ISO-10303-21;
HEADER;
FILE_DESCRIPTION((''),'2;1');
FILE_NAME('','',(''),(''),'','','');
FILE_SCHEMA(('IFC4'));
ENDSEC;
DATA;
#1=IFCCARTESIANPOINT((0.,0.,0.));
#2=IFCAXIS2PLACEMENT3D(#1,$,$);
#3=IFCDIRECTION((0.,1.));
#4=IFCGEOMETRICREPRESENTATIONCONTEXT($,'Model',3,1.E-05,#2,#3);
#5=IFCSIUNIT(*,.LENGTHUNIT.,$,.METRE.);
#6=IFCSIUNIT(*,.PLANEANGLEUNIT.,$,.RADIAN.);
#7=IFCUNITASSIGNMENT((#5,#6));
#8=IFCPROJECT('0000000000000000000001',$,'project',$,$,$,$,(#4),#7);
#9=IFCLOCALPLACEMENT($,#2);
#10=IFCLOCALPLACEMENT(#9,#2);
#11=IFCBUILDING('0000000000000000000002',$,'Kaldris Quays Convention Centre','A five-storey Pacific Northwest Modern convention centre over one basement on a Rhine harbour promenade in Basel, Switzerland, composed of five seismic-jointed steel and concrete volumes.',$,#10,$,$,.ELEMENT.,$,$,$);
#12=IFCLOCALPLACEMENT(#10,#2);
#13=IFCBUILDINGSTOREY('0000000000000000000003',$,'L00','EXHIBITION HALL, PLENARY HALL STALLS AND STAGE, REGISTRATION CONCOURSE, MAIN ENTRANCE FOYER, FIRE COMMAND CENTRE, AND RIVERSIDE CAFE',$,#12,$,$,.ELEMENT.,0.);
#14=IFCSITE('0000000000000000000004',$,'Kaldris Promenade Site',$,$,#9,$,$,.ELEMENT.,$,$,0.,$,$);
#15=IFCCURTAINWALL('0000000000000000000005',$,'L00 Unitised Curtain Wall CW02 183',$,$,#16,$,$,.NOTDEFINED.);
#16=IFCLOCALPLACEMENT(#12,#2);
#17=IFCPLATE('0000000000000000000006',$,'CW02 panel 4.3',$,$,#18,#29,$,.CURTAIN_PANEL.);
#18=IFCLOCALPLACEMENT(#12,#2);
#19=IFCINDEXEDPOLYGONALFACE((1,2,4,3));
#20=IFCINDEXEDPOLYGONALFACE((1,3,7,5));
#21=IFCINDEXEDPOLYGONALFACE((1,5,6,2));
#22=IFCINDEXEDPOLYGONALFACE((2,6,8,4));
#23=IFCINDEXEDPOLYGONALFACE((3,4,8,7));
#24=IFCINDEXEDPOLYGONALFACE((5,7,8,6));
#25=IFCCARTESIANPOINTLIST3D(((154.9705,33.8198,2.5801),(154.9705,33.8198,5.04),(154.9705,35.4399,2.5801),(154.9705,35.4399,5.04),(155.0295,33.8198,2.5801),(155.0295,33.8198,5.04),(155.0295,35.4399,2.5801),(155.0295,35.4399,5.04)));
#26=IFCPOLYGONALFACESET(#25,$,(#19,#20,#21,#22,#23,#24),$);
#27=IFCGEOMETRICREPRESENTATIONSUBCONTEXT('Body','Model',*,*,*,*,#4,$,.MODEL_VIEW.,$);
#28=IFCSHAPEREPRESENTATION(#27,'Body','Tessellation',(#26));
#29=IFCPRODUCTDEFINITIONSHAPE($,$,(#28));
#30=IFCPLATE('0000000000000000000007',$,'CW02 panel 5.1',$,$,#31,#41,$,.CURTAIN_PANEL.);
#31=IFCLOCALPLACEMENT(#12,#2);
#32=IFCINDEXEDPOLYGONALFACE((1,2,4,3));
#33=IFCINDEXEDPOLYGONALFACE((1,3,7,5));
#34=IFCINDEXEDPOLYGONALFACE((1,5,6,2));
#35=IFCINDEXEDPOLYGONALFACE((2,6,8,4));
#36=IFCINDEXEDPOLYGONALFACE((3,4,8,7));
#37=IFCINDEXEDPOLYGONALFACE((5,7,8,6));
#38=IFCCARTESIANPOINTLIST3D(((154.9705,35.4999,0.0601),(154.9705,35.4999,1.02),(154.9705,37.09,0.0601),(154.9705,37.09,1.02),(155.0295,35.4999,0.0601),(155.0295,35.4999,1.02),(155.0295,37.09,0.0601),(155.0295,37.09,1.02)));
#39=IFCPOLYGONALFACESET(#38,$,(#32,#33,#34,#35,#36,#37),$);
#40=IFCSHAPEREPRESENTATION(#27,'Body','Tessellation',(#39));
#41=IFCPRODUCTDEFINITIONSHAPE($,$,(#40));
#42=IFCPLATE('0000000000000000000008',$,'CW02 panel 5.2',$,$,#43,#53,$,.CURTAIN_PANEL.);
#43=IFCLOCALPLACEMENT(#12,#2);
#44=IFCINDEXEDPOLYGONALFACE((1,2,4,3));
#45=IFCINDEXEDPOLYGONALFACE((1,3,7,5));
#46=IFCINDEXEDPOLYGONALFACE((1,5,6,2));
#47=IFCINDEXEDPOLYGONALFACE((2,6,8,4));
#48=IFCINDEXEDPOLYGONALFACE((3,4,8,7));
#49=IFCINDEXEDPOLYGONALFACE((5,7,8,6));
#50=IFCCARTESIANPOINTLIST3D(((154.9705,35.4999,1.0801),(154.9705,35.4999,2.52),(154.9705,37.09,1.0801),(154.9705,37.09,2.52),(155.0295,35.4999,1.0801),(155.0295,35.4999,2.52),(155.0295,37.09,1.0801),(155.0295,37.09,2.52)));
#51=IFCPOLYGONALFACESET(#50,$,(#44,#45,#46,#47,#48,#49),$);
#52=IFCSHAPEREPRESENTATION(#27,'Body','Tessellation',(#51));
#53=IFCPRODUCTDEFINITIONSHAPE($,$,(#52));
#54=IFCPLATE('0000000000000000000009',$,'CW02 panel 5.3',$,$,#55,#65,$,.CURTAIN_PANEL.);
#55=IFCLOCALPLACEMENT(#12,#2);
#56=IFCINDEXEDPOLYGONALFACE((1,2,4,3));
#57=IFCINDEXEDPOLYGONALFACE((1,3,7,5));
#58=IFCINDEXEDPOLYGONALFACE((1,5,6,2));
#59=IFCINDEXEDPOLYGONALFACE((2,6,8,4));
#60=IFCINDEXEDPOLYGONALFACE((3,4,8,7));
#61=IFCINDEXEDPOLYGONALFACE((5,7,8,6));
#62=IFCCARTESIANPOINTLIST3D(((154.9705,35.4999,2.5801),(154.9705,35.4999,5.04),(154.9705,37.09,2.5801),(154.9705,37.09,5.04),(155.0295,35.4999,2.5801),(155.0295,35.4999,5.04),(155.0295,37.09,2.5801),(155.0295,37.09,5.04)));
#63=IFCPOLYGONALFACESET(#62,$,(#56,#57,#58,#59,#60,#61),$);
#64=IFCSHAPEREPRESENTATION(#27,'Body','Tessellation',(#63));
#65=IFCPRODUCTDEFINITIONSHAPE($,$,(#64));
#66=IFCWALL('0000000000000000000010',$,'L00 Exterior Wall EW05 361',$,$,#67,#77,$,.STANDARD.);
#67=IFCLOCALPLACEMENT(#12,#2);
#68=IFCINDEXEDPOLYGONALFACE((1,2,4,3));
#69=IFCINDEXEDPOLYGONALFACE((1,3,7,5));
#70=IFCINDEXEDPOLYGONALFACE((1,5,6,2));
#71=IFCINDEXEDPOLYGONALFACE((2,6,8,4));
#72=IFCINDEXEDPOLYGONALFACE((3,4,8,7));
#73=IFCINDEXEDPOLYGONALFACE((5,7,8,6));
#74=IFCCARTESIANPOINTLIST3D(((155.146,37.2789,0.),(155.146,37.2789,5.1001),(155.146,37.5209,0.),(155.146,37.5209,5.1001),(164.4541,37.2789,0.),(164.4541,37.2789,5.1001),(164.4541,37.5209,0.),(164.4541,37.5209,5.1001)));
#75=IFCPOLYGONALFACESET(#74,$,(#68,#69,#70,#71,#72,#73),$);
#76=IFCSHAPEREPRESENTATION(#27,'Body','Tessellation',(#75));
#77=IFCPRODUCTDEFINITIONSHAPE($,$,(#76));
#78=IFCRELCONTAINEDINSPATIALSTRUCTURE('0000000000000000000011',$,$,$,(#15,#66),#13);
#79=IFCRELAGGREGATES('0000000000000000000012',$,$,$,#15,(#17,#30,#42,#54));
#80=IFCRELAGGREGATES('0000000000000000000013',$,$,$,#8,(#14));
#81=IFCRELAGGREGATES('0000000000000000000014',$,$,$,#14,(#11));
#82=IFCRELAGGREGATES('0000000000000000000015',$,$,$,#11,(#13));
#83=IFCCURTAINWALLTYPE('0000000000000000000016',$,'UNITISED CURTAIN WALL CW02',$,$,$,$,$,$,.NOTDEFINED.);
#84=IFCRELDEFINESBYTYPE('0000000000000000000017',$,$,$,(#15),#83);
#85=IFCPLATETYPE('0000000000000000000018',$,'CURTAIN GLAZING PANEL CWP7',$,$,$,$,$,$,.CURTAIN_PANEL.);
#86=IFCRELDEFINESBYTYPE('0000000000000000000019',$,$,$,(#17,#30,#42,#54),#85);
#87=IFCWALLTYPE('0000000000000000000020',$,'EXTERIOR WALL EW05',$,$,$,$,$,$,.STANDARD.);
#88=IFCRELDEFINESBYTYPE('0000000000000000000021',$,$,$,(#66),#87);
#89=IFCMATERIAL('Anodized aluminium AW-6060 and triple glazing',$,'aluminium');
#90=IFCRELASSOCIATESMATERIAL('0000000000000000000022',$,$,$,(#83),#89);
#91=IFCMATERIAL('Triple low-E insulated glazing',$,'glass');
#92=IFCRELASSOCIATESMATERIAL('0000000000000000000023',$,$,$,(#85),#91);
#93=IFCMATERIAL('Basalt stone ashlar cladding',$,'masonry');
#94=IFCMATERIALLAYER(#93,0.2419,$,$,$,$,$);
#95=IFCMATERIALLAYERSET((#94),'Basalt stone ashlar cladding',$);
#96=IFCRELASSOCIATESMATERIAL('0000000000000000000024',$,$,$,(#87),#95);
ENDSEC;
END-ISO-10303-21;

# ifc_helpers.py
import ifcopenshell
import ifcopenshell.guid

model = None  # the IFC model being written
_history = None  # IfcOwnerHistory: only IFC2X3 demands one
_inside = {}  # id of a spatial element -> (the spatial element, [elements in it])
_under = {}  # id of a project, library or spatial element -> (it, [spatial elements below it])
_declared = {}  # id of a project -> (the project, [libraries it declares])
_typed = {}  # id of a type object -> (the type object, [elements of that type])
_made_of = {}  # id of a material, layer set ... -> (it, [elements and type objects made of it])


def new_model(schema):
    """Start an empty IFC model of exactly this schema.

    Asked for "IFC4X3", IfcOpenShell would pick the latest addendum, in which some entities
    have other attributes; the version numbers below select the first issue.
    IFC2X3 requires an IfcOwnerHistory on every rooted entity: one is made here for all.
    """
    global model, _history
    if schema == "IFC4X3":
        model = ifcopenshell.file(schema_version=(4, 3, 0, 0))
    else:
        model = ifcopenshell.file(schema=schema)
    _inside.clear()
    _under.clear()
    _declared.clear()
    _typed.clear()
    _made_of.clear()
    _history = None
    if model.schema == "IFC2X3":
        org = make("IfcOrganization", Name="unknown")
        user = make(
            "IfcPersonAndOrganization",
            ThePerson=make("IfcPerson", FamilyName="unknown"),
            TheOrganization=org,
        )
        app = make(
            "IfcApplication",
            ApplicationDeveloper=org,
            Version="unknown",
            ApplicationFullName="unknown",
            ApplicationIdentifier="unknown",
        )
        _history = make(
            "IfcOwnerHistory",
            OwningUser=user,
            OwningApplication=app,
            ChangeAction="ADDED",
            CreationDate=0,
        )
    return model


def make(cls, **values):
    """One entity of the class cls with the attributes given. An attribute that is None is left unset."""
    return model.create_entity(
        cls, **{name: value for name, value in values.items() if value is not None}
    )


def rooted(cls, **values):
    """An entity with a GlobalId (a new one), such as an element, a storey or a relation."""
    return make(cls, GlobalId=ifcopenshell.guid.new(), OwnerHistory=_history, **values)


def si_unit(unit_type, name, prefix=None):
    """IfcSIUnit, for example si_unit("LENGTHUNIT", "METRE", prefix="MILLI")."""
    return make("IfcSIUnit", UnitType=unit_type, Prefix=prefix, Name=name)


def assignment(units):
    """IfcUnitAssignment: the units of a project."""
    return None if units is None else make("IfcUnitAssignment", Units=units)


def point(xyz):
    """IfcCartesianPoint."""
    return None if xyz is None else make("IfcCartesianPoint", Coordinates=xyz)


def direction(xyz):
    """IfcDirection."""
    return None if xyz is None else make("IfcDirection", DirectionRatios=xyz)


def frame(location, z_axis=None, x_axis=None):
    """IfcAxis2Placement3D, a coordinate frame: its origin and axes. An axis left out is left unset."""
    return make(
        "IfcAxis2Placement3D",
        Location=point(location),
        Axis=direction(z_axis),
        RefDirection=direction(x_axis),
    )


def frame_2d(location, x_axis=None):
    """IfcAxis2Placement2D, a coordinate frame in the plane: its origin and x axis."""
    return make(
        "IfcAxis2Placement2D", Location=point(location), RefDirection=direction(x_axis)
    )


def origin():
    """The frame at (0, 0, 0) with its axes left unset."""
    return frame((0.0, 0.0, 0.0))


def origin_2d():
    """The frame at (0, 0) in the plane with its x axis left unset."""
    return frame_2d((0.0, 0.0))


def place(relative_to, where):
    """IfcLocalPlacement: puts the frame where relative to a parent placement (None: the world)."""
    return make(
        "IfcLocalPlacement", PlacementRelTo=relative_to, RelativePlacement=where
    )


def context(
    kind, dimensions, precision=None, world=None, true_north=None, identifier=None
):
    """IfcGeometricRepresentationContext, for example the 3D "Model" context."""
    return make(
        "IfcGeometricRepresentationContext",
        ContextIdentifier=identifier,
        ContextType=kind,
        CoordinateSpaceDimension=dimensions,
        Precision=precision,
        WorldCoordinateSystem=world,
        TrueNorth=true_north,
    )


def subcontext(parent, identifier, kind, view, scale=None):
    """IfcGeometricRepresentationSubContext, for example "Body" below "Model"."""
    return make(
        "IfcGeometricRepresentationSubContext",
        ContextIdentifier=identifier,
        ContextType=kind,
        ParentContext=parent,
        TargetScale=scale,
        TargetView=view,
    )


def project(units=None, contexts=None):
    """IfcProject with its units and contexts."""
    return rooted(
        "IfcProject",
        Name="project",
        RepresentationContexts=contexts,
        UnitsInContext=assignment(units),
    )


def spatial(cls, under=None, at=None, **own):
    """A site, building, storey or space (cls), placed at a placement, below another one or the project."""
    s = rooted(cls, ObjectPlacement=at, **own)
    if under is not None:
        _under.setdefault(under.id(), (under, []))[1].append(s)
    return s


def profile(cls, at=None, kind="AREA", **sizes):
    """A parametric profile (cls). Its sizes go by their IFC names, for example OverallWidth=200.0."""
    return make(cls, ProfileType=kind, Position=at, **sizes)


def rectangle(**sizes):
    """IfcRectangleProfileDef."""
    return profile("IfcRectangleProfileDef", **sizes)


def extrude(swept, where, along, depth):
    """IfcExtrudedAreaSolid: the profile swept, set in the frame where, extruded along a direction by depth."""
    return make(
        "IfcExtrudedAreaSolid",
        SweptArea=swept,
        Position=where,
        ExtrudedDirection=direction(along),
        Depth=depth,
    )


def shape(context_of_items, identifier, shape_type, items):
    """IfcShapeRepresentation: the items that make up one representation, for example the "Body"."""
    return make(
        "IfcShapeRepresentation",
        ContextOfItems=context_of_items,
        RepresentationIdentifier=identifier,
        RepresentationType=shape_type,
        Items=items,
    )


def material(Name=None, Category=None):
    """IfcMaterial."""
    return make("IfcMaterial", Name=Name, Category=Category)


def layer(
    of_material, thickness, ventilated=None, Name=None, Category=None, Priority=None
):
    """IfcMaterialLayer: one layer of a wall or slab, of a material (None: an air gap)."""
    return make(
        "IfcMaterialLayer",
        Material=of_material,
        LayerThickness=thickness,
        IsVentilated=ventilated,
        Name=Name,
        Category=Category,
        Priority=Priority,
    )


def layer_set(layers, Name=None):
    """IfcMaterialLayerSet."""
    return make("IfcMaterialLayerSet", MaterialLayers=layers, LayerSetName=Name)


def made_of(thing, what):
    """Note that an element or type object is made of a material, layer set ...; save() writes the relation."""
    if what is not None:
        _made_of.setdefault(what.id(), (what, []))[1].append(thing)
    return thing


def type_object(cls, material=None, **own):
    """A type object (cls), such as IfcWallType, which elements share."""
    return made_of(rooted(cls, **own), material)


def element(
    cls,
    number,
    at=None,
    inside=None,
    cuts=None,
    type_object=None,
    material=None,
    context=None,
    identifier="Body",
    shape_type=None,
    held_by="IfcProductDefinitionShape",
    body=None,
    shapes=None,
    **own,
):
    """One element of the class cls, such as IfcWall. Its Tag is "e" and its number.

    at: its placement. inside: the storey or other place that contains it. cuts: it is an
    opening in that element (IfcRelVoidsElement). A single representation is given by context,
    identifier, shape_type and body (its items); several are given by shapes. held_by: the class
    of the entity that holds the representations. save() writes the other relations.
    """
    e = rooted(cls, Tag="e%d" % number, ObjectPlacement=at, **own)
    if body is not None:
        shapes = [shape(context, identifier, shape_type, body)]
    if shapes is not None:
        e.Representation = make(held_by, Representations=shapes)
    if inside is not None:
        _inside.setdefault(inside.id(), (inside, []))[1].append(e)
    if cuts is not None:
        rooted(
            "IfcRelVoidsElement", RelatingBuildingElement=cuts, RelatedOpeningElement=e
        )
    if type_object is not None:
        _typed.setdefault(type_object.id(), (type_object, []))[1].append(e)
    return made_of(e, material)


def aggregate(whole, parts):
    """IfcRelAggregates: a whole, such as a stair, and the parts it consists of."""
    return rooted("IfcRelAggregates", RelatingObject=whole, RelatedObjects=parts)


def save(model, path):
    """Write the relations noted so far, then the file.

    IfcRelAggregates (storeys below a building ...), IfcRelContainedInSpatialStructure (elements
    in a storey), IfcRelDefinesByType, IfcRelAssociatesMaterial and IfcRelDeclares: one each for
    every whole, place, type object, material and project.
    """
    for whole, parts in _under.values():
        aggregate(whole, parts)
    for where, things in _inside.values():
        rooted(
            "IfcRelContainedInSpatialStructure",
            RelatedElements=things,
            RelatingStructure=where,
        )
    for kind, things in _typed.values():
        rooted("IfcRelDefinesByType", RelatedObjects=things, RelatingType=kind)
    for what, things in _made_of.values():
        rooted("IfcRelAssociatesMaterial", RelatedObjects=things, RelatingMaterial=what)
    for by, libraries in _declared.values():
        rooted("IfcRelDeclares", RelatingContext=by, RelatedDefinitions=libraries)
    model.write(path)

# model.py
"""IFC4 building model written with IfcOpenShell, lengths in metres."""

from ifc_helpers import new_model, si_unit, direction, frame, frame_2d, origin, origin_2d, place, context, subcontext, project, spatial, rectangle, extrude, material, layer, layer_set, type_object, element, aggregate, save


model = new_model("IFC4")

# Units and contexts
model_context = context("Model", 3, precision=1e-05, world=origin(), true_north=direction((0.0, 1.0)))
body_context = subcontext(model_context, "Body", "Model", "MODEL_VIEW")
ifc_project = project(units=[si_unit("LENGTHUNIT", "METRE"), si_unit("PLANEANGLEUNIT", "RADIAN")], contexts=[model_context])

# Site, building, storey
site_placement = place(None, origin())
site = spatial("IfcSite", under=ifc_project, at=site_placement, Name="Kaldris Promenade Site", CompositionType="ELEMENT", RefElevation=0.0)
building_placement = place(site_placement, origin())
building = spatial("IfcBuilding", under=site, at=building_placement, Name="Kaldris Quays Convention Centre", Description="A five-storey Pacific Northwest Modern convention centre over one basement on a Rhine harbour promenade in Basel, Switzerland, composed of five seismic-jointed steel and concrete volumes.", CompositionType="ELEMENT")
storey_placement = place(building_placement, origin())
storey = spatial("IfcBuildingStorey", under=building, at=storey_placement, Name="L00", Description="EXHIBITION HALL, PLENARY HALL STALLS AND STAGE, REGISTRATION CONCOURSE, MAIN ENTRANCE FOYER, FIRE COMMAND CENTRE, AND RIVERSIDE CAFE", CompositionType="ELEMENT", Elevation=0.0)

# Curtain wall
ifc_material_1 = material(Name="Anodized aluminium AW-6060 and triple glazing", Category="aluminium")
curtain_wall_type = type_object("IfcCurtainWallType", Name="UNITISED CURTAIN WALL CW02", PredefinedType="NOTDEFINED", material=ifc_material_1)
curtain_wall_placement = place(storey_placement, origin())
curtain_wall = element("IfcCurtainWall", 1, at=curtain_wall_placement, inside=storey, type_object=curtain_wall_type, Name="L00 Unitised Curtain Wall CW02 183", PredefinedType="NOTDEFINED")

# Plates
ifc_material_2 = material(Name="Triple low-E insulated glazing", Category="glass")
plate_type = type_object("IfcPlateType", Name="CURTAIN GLAZING PANEL CWP7", PredefinedType="CURTAIN_PANEL", material=ifc_material_2)
plate_1_placement = place(storey_placement, frame((155.0, 34.6299, 2.5801), z_axis=(0.0, 0.0, 1.0), x_axis=(0.0, 1.0, 0.0)))
plate_1 = element("IfcPlate", 2, at=plate_1_placement, type_object=plate_type, Name="CW02 panel 4.3", PredefinedType="CURTAIN_PANEL", context=body_context, shape_type="SweptSolid", body=[
    extrude(rectangle(XDim=1.6201, YDim=0.0591, at=origin_2d()), origin(), (0.0, 0.0, 1.0), 2.46),
])
plate_2_placement = place(storey_placement, frame((155.0, 36.2949, 0.0601), z_axis=(0.0, 0.0, 1.0), x_axis=(0.0, 1.0, 0.0)))
plate_2 = element("IfcPlate", 3, at=plate_2_placement, type_object=plate_type, Name="CW02 panel 5.1", PredefinedType="CURTAIN_PANEL", context=body_context, shape_type="SweptSolid", body=[
    extrude(rectangle(XDim=1.5901, YDim=0.0591, at=origin_2d()), origin(), (0.0, 0.0, 1.0), 0.96),
])
plate_3_placement = place(storey_placement, frame((155.0, 36.2949, 1.0801), z_axis=(0.0, 0.0, 1.0), x_axis=(0.0, 1.0, 0.0)))
plate_3 = element("IfcPlate", 4, at=plate_3_placement, type_object=plate_type, Name="CW02 panel 5.2", PredefinedType="CURTAIN_PANEL", context=body_context, shape_type="SweptSolid", body=[
    extrude(rectangle(XDim=1.5901, YDim=0.0591, at=origin_2d()), origin(), (0.0, 0.0, 1.0), 1.4399),
])
plate_4_placement = place(storey_placement, frame((155.0, 36.2949, 2.5801), z_axis=(0.0, 0.0, 1.0), x_axis=(0.0, 1.0, 0.0)))
plate_4 = element("IfcPlate", 5, at=plate_4_placement, type_object=plate_type, Name="CW02 panel 5.3", PredefinedType="CURTAIN_PANEL", context=body_context, shape_type="SweptSolid", body=[
    extrude(rectangle(XDim=1.5901, YDim=0.0591, at=origin_2d()), origin(), (0.0, 0.0, 1.0), 2.46),
])
aggregate(curtain_wall, [plate_1, plate_2, plate_3, plate_4])

# Wall
ifc_material_3 = material(Name="Basalt stone ashlar cladding", Category="masonry")
ifc_layer = layer(ifc_material_3, 0.2419)
ifc_layer_set = layer_set([ifc_layer], Name="Basalt stone ashlar cladding")
wall_type = type_object("IfcWallType", Name="EXTERIOR WALL EW05", PredefinedType="STANDARD", material=ifc_layer_set)
wall_placement = place(storey_placement, frame((155.146, 37.3999, 0.0), z_axis=(0.0, 0.0, 1.0), x_axis=(1.0, 0.0, 0.0)))
element("IfcWall", 6, at=wall_placement, inside=storey, type_object=wall_type, Name="L00 Exterior Wall EW05 361", PredefinedType="STANDARD", context=body_context, shape_type="SweptSolid", body=[
    extrude(rectangle(XDim=9.3081, YDim=0.2419, at=frame_2d((4.6541, 0.0))), origin(), (0.0, 0.0, 1.0), 5.1001),
])

save(model, "model.ifc")
